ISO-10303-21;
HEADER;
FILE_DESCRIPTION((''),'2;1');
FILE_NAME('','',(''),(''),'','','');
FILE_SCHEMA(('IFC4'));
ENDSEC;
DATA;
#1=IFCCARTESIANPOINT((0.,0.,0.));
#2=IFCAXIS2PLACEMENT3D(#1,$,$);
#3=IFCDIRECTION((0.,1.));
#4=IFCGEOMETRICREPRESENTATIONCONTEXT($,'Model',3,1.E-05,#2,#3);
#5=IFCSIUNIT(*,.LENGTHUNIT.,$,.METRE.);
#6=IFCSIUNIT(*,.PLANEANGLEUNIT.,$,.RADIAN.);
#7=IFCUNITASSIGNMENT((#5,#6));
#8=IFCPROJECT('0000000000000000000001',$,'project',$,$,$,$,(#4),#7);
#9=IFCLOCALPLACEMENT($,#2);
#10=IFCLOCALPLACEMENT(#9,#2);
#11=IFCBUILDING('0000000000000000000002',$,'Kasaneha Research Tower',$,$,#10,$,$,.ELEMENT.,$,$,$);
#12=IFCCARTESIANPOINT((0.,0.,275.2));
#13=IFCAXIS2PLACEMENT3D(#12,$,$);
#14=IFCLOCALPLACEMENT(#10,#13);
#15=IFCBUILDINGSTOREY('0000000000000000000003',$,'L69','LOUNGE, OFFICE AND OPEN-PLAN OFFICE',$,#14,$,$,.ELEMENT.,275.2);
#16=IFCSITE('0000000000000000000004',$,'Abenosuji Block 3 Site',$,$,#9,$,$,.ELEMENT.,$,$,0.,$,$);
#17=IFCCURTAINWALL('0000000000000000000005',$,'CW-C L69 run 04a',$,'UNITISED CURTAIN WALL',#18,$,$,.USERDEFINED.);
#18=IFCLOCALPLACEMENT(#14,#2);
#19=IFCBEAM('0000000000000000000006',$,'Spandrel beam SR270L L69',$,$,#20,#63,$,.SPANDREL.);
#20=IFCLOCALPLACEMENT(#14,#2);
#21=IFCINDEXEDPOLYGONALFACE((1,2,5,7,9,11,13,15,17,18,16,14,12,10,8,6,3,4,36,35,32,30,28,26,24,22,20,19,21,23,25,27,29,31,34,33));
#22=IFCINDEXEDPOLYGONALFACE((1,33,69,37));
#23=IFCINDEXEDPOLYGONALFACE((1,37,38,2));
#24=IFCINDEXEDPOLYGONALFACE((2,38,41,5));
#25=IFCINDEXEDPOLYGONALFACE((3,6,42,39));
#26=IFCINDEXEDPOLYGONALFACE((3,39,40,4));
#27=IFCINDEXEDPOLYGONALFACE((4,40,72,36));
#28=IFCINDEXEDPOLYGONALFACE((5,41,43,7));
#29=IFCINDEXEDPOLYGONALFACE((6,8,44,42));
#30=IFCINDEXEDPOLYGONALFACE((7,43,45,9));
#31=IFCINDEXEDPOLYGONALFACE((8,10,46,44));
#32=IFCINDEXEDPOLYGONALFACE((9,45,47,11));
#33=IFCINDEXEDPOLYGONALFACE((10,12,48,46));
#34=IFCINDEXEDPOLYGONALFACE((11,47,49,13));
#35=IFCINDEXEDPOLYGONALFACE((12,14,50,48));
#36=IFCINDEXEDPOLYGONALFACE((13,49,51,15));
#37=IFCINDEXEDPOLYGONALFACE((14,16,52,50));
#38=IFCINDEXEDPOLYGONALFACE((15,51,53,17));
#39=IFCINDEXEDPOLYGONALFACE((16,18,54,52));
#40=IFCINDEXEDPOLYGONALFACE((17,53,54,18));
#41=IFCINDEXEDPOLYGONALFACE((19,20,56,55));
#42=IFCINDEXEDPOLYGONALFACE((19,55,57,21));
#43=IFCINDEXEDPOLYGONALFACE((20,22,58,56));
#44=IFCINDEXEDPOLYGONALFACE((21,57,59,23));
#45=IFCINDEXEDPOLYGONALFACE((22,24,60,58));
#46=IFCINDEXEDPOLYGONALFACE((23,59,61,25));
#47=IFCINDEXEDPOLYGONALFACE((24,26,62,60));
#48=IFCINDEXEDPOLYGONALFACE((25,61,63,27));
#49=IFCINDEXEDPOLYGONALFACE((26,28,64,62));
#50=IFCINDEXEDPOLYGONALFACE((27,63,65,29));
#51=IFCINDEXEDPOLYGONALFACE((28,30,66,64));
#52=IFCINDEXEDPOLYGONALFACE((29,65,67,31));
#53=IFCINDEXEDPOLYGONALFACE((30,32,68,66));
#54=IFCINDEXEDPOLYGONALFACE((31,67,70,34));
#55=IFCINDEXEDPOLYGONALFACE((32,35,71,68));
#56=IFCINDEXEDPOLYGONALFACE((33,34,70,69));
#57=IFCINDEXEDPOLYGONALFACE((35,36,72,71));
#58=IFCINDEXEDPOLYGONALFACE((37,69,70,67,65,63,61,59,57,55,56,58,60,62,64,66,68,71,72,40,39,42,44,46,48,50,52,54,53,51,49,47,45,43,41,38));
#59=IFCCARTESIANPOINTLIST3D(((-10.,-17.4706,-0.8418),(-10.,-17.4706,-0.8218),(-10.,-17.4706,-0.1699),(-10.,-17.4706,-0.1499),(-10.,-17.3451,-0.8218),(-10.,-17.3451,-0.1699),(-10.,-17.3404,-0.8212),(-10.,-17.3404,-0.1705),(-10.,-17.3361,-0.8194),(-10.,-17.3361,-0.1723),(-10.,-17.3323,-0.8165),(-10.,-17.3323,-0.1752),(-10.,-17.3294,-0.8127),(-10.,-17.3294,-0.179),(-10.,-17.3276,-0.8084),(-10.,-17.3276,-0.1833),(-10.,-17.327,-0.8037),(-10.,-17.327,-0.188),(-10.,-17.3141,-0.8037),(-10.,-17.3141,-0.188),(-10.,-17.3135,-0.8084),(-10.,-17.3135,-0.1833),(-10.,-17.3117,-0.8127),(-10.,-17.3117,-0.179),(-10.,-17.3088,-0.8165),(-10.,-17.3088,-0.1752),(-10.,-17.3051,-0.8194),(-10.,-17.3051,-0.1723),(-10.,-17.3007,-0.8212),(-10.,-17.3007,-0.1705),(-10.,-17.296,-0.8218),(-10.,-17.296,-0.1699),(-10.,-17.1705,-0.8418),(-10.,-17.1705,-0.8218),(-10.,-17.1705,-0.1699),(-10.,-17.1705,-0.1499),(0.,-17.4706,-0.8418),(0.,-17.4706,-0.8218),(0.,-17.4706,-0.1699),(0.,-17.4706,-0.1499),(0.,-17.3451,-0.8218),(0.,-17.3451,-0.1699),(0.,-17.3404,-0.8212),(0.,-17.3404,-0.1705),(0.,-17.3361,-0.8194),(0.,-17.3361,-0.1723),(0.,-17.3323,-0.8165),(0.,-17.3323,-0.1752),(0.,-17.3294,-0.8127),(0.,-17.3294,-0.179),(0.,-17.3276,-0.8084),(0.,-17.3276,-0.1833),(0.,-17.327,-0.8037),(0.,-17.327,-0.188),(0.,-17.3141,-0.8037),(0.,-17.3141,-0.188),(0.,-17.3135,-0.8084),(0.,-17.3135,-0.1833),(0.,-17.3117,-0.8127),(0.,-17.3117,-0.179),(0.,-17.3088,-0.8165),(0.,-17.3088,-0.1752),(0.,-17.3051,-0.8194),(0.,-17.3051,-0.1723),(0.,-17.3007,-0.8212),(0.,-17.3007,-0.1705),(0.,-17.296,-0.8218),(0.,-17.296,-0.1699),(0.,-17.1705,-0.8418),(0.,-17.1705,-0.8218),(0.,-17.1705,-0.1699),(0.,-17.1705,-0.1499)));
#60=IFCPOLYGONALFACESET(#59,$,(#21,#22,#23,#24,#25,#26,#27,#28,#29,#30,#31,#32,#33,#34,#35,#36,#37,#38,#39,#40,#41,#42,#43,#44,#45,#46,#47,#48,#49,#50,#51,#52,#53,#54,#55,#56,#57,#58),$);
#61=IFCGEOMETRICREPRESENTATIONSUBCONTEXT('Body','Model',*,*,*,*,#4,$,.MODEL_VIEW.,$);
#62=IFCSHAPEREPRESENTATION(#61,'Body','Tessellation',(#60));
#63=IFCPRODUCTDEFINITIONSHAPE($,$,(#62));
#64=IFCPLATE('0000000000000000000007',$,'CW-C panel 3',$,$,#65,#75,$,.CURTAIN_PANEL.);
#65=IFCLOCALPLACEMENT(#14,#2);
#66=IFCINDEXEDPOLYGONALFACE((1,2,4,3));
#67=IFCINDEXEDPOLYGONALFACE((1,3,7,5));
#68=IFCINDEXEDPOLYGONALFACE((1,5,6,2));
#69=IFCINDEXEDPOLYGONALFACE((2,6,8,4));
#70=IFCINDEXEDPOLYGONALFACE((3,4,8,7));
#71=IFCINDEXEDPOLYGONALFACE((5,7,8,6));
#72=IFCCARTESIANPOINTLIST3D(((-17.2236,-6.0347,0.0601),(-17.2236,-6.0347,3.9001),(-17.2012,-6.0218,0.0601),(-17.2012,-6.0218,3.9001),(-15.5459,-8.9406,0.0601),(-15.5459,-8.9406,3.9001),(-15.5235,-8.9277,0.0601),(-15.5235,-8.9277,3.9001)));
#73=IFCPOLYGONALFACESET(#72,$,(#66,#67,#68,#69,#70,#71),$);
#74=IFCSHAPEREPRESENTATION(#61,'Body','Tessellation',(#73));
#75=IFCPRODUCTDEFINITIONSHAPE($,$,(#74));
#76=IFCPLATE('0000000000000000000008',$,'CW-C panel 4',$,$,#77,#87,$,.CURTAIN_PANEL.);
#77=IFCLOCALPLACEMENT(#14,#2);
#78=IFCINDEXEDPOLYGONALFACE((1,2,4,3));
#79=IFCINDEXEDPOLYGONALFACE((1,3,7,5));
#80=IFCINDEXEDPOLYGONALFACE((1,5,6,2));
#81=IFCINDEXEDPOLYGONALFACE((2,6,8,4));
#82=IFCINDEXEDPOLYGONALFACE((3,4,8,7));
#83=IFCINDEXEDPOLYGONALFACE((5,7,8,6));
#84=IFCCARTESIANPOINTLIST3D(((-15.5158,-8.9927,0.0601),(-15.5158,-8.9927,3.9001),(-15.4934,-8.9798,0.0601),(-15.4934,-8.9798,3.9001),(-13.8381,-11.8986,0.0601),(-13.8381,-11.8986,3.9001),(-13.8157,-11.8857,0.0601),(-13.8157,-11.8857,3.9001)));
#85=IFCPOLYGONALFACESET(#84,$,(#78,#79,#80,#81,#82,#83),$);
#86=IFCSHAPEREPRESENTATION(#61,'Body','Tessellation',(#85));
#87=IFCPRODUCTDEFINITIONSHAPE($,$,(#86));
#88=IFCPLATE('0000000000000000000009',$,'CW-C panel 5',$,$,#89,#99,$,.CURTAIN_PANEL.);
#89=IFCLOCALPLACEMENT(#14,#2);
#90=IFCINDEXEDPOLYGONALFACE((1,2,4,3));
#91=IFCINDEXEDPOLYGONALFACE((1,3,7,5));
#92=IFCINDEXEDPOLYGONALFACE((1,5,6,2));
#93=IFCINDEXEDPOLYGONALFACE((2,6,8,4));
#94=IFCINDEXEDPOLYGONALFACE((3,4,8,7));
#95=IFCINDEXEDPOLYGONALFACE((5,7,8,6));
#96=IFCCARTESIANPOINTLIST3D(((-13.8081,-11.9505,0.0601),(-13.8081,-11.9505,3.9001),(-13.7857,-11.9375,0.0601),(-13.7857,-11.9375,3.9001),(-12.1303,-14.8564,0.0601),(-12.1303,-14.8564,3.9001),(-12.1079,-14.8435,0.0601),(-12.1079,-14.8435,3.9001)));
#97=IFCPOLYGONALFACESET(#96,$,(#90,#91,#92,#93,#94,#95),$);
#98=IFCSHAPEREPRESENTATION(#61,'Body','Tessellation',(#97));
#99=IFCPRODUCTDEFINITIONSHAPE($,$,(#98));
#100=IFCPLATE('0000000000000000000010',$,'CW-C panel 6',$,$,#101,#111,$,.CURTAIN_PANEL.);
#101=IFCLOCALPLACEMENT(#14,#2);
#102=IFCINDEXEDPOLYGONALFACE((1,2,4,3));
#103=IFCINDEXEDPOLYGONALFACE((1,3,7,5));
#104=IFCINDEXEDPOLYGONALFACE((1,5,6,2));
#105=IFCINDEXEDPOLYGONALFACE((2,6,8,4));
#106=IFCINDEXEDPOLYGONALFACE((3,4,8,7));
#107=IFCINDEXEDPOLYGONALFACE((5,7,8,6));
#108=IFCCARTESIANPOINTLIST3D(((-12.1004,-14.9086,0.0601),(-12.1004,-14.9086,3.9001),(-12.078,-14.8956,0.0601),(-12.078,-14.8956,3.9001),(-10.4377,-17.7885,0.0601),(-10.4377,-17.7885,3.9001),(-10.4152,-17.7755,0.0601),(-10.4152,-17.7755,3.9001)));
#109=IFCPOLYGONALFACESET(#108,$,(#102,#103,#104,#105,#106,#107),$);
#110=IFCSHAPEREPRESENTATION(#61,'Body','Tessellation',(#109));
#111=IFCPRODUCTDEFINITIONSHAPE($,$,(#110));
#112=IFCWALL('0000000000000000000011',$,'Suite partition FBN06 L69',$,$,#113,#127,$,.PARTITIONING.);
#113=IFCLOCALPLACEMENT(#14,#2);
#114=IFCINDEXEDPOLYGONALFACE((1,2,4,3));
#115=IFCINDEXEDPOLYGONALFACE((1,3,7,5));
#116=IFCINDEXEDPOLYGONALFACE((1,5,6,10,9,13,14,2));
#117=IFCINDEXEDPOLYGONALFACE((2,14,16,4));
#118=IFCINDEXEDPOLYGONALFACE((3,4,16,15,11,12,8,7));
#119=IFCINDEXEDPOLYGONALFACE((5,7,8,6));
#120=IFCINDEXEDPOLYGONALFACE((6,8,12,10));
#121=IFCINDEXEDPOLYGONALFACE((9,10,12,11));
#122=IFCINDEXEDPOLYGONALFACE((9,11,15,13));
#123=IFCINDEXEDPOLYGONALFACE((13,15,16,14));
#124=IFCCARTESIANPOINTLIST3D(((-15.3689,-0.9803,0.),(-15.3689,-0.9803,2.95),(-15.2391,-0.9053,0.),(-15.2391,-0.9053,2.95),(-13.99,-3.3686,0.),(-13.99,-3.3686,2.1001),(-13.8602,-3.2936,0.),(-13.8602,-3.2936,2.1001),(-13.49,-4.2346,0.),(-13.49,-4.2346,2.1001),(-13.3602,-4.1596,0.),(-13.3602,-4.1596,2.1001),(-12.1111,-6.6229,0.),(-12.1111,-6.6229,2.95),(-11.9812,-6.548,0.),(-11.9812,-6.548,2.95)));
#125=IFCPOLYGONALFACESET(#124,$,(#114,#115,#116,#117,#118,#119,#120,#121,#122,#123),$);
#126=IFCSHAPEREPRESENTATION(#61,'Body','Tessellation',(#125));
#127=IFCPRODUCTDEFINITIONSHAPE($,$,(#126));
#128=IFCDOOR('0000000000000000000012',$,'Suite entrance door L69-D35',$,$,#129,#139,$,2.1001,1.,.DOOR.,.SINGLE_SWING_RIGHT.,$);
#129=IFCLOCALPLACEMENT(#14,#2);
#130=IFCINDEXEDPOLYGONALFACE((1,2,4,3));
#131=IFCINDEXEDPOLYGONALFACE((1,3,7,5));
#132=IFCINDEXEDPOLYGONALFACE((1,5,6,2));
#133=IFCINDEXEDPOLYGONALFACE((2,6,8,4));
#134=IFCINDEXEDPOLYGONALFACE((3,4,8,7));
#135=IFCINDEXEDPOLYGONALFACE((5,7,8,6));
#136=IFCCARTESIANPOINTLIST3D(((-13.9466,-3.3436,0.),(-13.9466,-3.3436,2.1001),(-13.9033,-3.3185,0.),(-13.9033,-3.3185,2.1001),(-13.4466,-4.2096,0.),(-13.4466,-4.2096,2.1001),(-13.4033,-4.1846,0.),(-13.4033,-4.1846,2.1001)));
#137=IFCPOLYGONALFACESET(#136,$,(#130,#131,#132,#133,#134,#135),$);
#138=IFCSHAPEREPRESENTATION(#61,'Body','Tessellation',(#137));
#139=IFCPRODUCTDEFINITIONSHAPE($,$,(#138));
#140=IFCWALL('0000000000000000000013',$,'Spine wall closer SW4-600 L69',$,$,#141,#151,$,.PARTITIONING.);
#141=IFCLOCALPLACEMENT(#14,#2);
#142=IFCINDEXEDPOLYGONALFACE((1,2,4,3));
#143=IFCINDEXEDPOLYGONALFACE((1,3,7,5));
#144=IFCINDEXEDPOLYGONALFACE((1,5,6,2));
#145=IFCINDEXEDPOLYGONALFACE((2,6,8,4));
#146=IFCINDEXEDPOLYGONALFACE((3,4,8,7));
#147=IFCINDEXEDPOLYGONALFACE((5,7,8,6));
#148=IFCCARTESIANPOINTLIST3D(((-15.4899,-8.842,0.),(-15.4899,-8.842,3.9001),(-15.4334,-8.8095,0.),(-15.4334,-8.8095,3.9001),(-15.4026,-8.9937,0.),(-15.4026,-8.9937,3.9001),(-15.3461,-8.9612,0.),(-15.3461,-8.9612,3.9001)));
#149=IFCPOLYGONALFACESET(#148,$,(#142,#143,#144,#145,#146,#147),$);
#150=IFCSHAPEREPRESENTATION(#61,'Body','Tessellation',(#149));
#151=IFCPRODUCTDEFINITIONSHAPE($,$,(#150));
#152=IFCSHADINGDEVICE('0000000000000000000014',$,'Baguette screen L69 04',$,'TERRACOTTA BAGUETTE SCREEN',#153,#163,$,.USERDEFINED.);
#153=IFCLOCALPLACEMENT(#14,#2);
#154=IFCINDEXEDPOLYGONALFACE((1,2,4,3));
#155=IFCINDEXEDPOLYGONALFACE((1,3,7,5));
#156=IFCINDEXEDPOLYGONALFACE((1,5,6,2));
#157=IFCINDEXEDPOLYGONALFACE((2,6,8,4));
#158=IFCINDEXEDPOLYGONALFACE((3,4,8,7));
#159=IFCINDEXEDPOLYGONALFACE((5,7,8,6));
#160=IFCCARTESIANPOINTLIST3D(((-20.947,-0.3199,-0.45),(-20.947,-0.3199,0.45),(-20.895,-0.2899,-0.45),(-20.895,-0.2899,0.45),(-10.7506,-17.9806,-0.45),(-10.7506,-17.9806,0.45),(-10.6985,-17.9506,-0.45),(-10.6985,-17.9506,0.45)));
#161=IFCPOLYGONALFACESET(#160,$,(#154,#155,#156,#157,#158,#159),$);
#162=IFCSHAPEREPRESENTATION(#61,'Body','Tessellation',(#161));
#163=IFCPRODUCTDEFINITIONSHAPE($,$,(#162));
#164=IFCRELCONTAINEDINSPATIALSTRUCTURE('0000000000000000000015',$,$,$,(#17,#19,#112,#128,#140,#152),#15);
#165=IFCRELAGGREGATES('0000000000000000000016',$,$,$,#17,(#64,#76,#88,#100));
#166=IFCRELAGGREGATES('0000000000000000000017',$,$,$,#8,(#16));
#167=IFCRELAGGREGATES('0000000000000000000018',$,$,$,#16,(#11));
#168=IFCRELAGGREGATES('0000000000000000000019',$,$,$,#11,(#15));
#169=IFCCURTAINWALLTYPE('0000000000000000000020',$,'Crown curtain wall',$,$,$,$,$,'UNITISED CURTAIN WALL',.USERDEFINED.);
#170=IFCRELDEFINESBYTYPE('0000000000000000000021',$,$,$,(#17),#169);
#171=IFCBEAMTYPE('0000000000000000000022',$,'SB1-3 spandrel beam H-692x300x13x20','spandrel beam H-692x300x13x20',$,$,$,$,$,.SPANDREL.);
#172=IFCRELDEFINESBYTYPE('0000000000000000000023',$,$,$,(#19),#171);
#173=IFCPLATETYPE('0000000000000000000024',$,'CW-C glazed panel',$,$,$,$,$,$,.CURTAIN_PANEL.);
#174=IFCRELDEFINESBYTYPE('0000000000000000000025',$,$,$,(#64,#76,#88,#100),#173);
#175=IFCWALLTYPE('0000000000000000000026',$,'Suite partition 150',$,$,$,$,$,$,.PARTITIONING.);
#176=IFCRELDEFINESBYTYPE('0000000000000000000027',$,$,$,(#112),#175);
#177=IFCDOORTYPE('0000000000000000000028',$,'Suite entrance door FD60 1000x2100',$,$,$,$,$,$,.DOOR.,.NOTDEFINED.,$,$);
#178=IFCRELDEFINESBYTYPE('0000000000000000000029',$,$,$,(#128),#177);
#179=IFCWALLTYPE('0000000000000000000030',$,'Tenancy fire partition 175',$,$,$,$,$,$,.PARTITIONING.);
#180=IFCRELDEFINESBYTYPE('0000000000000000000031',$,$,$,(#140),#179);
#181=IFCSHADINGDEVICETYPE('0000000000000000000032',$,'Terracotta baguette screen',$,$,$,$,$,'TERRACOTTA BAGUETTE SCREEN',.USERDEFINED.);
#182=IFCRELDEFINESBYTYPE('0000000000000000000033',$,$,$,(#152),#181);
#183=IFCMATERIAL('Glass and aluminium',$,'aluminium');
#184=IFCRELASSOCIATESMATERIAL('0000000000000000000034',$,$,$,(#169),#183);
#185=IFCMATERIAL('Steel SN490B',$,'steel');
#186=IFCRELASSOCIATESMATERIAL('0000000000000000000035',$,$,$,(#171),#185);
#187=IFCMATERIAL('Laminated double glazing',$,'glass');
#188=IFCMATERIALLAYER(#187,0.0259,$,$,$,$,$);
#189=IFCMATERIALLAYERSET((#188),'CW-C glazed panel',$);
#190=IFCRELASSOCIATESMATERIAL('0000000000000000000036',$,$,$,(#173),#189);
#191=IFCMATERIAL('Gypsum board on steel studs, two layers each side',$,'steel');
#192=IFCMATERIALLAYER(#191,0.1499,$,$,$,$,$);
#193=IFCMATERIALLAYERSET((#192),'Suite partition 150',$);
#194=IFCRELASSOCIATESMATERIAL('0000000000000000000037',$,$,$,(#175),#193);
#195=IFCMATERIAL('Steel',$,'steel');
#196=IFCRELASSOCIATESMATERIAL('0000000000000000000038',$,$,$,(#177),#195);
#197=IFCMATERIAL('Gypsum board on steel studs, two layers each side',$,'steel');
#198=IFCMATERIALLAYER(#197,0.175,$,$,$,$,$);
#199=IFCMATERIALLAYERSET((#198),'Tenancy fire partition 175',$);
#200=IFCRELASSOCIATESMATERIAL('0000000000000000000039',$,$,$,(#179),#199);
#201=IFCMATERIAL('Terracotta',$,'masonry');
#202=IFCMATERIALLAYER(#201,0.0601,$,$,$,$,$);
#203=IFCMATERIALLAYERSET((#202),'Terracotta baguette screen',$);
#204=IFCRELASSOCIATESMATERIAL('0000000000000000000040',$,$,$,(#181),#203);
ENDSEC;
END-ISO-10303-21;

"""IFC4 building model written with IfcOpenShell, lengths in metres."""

from ifc_helpers import new_model, si_unit, direction, frame, frame_2d, origin, origin_2d, place, context, subcontext, project, spatial, rectangle, i_section, extrude, material, layer, layer_set, material_profile, profile_set, type_object, element, fill, aggregate, save


model = new_model("IFC4")

# Units and contexts
model_context = context("Model", 3, precision=1e-05, world=origin(), true_north=direction((0.0, 1.0)))
body_context = subcontext(model_context, "Body", "Model", "MODEL_VIEW")
ifc_project = project(units=[si_unit("LENGTHUNIT", "METRE"), si_unit("PLANEANGLEUNIT", "RADIAN")], contexts=[model_context])

# Site, building, storey
site_placement = place(None, origin())
site = spatial("IfcSite", under=ifc_project, at=site_placement, Name="Abenosuji Block 3 Site", CompositionType="ELEMENT", RefElevation=0.0)
building_placement = place(site_placement, origin())
building = spatial("IfcBuilding", under=site, at=building_placement, Name="Kasaneha Research Tower", CompositionType="ELEMENT")
storey_placement = place(building_placement, frame((0.0, 0.0, 275.2)))
storey = spatial("IfcBuildingStorey", under=building, at=storey_placement, Name="L69", Description="LOUNGE, OFFICE AND OPEN-PLAN OFFICE", CompositionType="ELEMENT", Elevation=275.2)

# Curtain wall
ifc_material_1 = material(Name="Glass and aluminium", Category="aluminium")
curtain_wall_type = type_object("IfcCurtainWallType", Name="Crown curtain wall", ElementType="UNITISED CURTAIN WALL", PredefinedType="USERDEFINED", material=ifc_material_1)
curtain_wall_1_placement = place(storey_placement, origin())
curtain_wall_1 = element("IfcCurtainWall", 1, at=curtain_wall_1_placement, inside=storey, type_object=curtain_wall_type, Name="CW-C L69 run 04a", ObjectType="UNITISED CURTAIN WALL", PredefinedType="USERDEFINED")

# Beam
ifc_material_2 = material(Name="Steel SN490B", Category="steel")
ifc_material_profile_1 = material_profile(ifc_material_2, i_section(OverallWidth=0.3, OverallDepth=0.6919, WebThickness=0.0129, FlangeThickness=0.02, FilletRadius=0.0181, at=origin_2d()), Name="H-692x300x13x20")
ifc_profile_set_1 = profile_set([ifc_material_profile_1], Name="Steel SN490B")
beam_type_1 = type_object("IfcBeamType", Name="SB1-3 spandrel beam H-692x300x13x20", Description="spandrel beam H-692x300x13x20", PredefinedType="SPANDREL", material=ifc_profile_set_1)
beam_1_placement = place(storey_placement, frame((-10.0, -17.3206, -0.4958), z_axis=(1.0, 0.0, 0.0), x_axis=(0.0, 1.0, 0.0)))
element("IfcBeam", 2, at=beam_1_placement, inside=storey, type_object=beam_type_1, Name="Spandrel beam SR270L L69", PredefinedType="SPANDREL", context=body_context, shape_type="SweptSolid", body=[
    extrude(i_section(OverallWidth=0.3, OverallDepth=0.6919, WebThickness=0.0129, FlangeThickness=0.02, FilletRadius=0.0181, at=origin_2d()), origin(), (0.0, 0.0, 1.0), 10.0),
])

# Plates
ifc_material_3 = material(Name="Laminated double glazing", Category="glass")
ifc_layer_1 = layer(ifc_material_3, 0.0259)
ifc_layer_set_1 = layer_set([ifc_layer_1], Name="CW-C glazed panel")
plate_type = type_object("IfcPlateType", Name="CW-C glazed panel", PredefinedType="CURTAIN_PANEL", material=ifc_layer_set_1)
plate_1_placement = place(storey_placement, frame((-16.3735, -7.4812, 0.0601), z_axis=(0.0, 0.0, 1.0), x_axis=(0.5, -0.866025, 0.0)))
plate_1 = element("IfcPlate", 3, at=plate_1_placement, type_object=plate_type, Name="CW-C panel 3", PredefinedType="CURTAIN_PANEL", context=body_context, shape_type="SweptSolid", body=[
    extrude(rectangle(XDim=3.3555, YDim=0.0259, at=origin_2d()), origin(), (0.0, 0.0, 1.0), 3.8401),
])
plate_2_placement = place(storey_placement, frame((-14.6658, -10.4392, 0.0601), z_axis=(0.0, 0.0, 1.0), x_axis=(0.5, -0.866025, 0.0)))
plate_2 = element("IfcPlate", 4, at=plate_2_placement, type_object=plate_type, Name="CW-C panel 4", PredefinedType="CURTAIN_PANEL", context=body_context, shape_type="SweptSolid", body=[
    extrude(rectangle(XDim=3.3555, YDim=0.0259, at=origin_2d()), origin(), (0.0, 0.0, 1.0), 3.8401),
])
plate_3_placement = place(storey_placement, frame((-12.958, -13.397, 0.0601), z_axis=(0.0, 0.0, 1.0), x_axis=(0.5, -0.866025, 0.0)))
plate_3 = element("IfcPlate", 5, at=plate_3_placement, type_object=plate_type, Name="CW-C panel 5", PredefinedType="CURTAIN_PANEL", context=body_context, shape_type="SweptSolid", body=[
    extrude(rectangle(XDim=3.3555, YDim=0.0259, at=origin_2d()), origin(), (0.0, 0.0, 1.0), 3.8401),
])
plate_4_placement = place(storey_placement, frame((-11.2578, -16.342, 0.0601), z_axis=(0.0, 0.0, 1.0), x_axis=(0.5, -0.866025, 0.0)))
plate_4 = element("IfcPlate", 6, at=plate_4_placement, type_object=plate_type, Name="CW-C panel 6", PredefinedType="CURTAIN_PANEL", context=body_context, shape_type="SweptSolid", body=[
    extrude(rectangle(XDim=3.3254, YDim=0.0259, at=origin_2d()), origin(), (0.0, 0.0, 1.0), 3.8401),
])
aggregate(curtain_wall_1, [plate_1, plate_2, plate_3, plate_4])

# Wall, opening, door
ifc_material_4 = material(Name="Gypsum board on steel studs, two layers each side", Category="steel")
ifc_layer_2 = layer(ifc_material_4, 0.1499)
ifc_layer_set_2 = layer_set([ifc_layer_2], Name="Suite partition 150")
wall_type_1 = type_object("IfcWallType", Name="Suite partition 150", PredefinedType="PARTITIONING", material=ifc_layer_set_2)
wall_1_placement = place(storey_placement, frame((-12.0461, -6.5854, 0.0), z_axis=(0.0, 0.0, 1.0), x_axis=(-0.500008, 0.866021, 0.0)))
wall_1 = element("IfcWall", 7, at=wall_1_placement, inside=storey, type_object=wall_type_1, Name="Suite partition FBN06 L69", PredefinedType="PARTITIONING", context=body_context, shape_type="SweptSolid", body=[
    extrude(rectangle(XDim=6.5156, YDim=0.1499, at=frame_2d((3.2578, 0.0))), origin(), (0.0, 0.0, 1.0), 2.95),
])
opening_placement = place(wall_1_placement, frame((2.7578, 0.0, 0.0)))
opening = element("IfcOpeningElement", 8, at=opening_placement, cuts=wall_1, PredefinedType="OPENING", context=body_context, shape_type="SweptSolid", body=[
    extrude(rectangle(XDim=1.0, YDim=2.1001, at=frame_2d((0.5, 1.05))), frame((0.0, 0.085, 0.0), z_axis=(0.0, -1.0, 0.0), x_axis=(1.0, 0.0, 0.0)), (0.0, 0.0, 1.0), 0.1699),
])
ifc_material_5 = material(Name="Steel", Category="steel")
door_type = type_object("IfcDoorType", Name="Suite entrance door FD60 1000x2100", OperationType="NOTDEFINED", PredefinedType="DOOR", material=ifc_material_5)
door_placement = place(opening_placement, origin())
door = element("IfcDoor", 9, at=door_placement, inside=storey, type_object=door_type, Name="Suite entrance door L69-D35", OperationType="SINGLE_SWING_RIGHT", OverallHeight=2.1001, OverallWidth=1.0, PredefinedType="DOOR", context=body_context, shape_type="SweptSolid", body=[
    extrude(rectangle(XDim=1.0, YDim=2.1001, at=frame_2d((0.5, 1.05))), frame((0.0, 0.0249, 0.0), z_axis=(0.0, -1.0, 0.0), x_axis=(1.0, 0.0, 0.0)), (0.0, 0.0, 1.0), 0.05),
])
fill(opening, door)

# Wall
ifc_material_6 = material(Name="Gypsum board on steel studs, two layers each side", Category="steel")
ifc_layer_3 = layer(ifc_material_6, 0.175)
ifc_layer_set_3 = layer_set([ifc_layer_3], Name="Tenancy fire partition 175")
wall_type_2 = type_object("IfcWallType", Name="Tenancy fire partition 175", PredefinedType="PARTITIONING", material=ifc_layer_set_3)
wall_2_placement = place(storey_placement, frame((-15.3896, -8.8853, 0.0), z_axis=(0.0, 0.0, 1.0), x_axis=(-0.866622, -0.498964, 0.0)))
element("IfcWall", 10, at=wall_2_placement, inside=storey, type_object=wall_type_2, Name="Spine wall closer SW4-600 L69", PredefinedType="PARTITIONING", context=body_context, shape_type="SweptSolid", body=[
    extrude(rectangle(XDim=0.0652, YDim=0.175, at=frame_2d((0.0327, 0.0))), origin(), (0.0, 0.0, 1.0), 3.9001),
])

# Shading device
ifc_material_7 = material(Name="Terracotta", Category="masonry")
ifc_layer_4 = layer(ifc_material_7, 0.0601)
ifc_layer_set_4 = layer_set([ifc_layer_4], Name="Terracotta baguette screen")
shading_device_type = type_object("IfcShadingDeviceType", Name="Terracotta baguette screen", ElementType="TERRACOTTA BAGUETTE SCREEN", PredefinedType="USERDEFINED", material=ifc_layer_set_4)
shading_device_placement = place(storey_placement, frame((-15.8228, -9.1353, -0.45), z_axis=(0.0, 0.0, 1.0), x_axis=(0.5, -0.866025, 0.0)))
element("IfcShadingDevice", 11, at=shading_device_placement, inside=storey, type_object=shading_device_type, Name="Baguette screen L69 04", ObjectType="TERRACOTTA BAGUETTE SCREEN", PredefinedType="USERDEFINED", context=body_context, shape_type="SweptSolid", body=[
    extrude(rectangle(XDim=20.3928, YDim=0.0601, at=origin_2d()), origin(), (0.0, 0.0, 1.0), 0.8999),
])

save(model, "model.ifc")
